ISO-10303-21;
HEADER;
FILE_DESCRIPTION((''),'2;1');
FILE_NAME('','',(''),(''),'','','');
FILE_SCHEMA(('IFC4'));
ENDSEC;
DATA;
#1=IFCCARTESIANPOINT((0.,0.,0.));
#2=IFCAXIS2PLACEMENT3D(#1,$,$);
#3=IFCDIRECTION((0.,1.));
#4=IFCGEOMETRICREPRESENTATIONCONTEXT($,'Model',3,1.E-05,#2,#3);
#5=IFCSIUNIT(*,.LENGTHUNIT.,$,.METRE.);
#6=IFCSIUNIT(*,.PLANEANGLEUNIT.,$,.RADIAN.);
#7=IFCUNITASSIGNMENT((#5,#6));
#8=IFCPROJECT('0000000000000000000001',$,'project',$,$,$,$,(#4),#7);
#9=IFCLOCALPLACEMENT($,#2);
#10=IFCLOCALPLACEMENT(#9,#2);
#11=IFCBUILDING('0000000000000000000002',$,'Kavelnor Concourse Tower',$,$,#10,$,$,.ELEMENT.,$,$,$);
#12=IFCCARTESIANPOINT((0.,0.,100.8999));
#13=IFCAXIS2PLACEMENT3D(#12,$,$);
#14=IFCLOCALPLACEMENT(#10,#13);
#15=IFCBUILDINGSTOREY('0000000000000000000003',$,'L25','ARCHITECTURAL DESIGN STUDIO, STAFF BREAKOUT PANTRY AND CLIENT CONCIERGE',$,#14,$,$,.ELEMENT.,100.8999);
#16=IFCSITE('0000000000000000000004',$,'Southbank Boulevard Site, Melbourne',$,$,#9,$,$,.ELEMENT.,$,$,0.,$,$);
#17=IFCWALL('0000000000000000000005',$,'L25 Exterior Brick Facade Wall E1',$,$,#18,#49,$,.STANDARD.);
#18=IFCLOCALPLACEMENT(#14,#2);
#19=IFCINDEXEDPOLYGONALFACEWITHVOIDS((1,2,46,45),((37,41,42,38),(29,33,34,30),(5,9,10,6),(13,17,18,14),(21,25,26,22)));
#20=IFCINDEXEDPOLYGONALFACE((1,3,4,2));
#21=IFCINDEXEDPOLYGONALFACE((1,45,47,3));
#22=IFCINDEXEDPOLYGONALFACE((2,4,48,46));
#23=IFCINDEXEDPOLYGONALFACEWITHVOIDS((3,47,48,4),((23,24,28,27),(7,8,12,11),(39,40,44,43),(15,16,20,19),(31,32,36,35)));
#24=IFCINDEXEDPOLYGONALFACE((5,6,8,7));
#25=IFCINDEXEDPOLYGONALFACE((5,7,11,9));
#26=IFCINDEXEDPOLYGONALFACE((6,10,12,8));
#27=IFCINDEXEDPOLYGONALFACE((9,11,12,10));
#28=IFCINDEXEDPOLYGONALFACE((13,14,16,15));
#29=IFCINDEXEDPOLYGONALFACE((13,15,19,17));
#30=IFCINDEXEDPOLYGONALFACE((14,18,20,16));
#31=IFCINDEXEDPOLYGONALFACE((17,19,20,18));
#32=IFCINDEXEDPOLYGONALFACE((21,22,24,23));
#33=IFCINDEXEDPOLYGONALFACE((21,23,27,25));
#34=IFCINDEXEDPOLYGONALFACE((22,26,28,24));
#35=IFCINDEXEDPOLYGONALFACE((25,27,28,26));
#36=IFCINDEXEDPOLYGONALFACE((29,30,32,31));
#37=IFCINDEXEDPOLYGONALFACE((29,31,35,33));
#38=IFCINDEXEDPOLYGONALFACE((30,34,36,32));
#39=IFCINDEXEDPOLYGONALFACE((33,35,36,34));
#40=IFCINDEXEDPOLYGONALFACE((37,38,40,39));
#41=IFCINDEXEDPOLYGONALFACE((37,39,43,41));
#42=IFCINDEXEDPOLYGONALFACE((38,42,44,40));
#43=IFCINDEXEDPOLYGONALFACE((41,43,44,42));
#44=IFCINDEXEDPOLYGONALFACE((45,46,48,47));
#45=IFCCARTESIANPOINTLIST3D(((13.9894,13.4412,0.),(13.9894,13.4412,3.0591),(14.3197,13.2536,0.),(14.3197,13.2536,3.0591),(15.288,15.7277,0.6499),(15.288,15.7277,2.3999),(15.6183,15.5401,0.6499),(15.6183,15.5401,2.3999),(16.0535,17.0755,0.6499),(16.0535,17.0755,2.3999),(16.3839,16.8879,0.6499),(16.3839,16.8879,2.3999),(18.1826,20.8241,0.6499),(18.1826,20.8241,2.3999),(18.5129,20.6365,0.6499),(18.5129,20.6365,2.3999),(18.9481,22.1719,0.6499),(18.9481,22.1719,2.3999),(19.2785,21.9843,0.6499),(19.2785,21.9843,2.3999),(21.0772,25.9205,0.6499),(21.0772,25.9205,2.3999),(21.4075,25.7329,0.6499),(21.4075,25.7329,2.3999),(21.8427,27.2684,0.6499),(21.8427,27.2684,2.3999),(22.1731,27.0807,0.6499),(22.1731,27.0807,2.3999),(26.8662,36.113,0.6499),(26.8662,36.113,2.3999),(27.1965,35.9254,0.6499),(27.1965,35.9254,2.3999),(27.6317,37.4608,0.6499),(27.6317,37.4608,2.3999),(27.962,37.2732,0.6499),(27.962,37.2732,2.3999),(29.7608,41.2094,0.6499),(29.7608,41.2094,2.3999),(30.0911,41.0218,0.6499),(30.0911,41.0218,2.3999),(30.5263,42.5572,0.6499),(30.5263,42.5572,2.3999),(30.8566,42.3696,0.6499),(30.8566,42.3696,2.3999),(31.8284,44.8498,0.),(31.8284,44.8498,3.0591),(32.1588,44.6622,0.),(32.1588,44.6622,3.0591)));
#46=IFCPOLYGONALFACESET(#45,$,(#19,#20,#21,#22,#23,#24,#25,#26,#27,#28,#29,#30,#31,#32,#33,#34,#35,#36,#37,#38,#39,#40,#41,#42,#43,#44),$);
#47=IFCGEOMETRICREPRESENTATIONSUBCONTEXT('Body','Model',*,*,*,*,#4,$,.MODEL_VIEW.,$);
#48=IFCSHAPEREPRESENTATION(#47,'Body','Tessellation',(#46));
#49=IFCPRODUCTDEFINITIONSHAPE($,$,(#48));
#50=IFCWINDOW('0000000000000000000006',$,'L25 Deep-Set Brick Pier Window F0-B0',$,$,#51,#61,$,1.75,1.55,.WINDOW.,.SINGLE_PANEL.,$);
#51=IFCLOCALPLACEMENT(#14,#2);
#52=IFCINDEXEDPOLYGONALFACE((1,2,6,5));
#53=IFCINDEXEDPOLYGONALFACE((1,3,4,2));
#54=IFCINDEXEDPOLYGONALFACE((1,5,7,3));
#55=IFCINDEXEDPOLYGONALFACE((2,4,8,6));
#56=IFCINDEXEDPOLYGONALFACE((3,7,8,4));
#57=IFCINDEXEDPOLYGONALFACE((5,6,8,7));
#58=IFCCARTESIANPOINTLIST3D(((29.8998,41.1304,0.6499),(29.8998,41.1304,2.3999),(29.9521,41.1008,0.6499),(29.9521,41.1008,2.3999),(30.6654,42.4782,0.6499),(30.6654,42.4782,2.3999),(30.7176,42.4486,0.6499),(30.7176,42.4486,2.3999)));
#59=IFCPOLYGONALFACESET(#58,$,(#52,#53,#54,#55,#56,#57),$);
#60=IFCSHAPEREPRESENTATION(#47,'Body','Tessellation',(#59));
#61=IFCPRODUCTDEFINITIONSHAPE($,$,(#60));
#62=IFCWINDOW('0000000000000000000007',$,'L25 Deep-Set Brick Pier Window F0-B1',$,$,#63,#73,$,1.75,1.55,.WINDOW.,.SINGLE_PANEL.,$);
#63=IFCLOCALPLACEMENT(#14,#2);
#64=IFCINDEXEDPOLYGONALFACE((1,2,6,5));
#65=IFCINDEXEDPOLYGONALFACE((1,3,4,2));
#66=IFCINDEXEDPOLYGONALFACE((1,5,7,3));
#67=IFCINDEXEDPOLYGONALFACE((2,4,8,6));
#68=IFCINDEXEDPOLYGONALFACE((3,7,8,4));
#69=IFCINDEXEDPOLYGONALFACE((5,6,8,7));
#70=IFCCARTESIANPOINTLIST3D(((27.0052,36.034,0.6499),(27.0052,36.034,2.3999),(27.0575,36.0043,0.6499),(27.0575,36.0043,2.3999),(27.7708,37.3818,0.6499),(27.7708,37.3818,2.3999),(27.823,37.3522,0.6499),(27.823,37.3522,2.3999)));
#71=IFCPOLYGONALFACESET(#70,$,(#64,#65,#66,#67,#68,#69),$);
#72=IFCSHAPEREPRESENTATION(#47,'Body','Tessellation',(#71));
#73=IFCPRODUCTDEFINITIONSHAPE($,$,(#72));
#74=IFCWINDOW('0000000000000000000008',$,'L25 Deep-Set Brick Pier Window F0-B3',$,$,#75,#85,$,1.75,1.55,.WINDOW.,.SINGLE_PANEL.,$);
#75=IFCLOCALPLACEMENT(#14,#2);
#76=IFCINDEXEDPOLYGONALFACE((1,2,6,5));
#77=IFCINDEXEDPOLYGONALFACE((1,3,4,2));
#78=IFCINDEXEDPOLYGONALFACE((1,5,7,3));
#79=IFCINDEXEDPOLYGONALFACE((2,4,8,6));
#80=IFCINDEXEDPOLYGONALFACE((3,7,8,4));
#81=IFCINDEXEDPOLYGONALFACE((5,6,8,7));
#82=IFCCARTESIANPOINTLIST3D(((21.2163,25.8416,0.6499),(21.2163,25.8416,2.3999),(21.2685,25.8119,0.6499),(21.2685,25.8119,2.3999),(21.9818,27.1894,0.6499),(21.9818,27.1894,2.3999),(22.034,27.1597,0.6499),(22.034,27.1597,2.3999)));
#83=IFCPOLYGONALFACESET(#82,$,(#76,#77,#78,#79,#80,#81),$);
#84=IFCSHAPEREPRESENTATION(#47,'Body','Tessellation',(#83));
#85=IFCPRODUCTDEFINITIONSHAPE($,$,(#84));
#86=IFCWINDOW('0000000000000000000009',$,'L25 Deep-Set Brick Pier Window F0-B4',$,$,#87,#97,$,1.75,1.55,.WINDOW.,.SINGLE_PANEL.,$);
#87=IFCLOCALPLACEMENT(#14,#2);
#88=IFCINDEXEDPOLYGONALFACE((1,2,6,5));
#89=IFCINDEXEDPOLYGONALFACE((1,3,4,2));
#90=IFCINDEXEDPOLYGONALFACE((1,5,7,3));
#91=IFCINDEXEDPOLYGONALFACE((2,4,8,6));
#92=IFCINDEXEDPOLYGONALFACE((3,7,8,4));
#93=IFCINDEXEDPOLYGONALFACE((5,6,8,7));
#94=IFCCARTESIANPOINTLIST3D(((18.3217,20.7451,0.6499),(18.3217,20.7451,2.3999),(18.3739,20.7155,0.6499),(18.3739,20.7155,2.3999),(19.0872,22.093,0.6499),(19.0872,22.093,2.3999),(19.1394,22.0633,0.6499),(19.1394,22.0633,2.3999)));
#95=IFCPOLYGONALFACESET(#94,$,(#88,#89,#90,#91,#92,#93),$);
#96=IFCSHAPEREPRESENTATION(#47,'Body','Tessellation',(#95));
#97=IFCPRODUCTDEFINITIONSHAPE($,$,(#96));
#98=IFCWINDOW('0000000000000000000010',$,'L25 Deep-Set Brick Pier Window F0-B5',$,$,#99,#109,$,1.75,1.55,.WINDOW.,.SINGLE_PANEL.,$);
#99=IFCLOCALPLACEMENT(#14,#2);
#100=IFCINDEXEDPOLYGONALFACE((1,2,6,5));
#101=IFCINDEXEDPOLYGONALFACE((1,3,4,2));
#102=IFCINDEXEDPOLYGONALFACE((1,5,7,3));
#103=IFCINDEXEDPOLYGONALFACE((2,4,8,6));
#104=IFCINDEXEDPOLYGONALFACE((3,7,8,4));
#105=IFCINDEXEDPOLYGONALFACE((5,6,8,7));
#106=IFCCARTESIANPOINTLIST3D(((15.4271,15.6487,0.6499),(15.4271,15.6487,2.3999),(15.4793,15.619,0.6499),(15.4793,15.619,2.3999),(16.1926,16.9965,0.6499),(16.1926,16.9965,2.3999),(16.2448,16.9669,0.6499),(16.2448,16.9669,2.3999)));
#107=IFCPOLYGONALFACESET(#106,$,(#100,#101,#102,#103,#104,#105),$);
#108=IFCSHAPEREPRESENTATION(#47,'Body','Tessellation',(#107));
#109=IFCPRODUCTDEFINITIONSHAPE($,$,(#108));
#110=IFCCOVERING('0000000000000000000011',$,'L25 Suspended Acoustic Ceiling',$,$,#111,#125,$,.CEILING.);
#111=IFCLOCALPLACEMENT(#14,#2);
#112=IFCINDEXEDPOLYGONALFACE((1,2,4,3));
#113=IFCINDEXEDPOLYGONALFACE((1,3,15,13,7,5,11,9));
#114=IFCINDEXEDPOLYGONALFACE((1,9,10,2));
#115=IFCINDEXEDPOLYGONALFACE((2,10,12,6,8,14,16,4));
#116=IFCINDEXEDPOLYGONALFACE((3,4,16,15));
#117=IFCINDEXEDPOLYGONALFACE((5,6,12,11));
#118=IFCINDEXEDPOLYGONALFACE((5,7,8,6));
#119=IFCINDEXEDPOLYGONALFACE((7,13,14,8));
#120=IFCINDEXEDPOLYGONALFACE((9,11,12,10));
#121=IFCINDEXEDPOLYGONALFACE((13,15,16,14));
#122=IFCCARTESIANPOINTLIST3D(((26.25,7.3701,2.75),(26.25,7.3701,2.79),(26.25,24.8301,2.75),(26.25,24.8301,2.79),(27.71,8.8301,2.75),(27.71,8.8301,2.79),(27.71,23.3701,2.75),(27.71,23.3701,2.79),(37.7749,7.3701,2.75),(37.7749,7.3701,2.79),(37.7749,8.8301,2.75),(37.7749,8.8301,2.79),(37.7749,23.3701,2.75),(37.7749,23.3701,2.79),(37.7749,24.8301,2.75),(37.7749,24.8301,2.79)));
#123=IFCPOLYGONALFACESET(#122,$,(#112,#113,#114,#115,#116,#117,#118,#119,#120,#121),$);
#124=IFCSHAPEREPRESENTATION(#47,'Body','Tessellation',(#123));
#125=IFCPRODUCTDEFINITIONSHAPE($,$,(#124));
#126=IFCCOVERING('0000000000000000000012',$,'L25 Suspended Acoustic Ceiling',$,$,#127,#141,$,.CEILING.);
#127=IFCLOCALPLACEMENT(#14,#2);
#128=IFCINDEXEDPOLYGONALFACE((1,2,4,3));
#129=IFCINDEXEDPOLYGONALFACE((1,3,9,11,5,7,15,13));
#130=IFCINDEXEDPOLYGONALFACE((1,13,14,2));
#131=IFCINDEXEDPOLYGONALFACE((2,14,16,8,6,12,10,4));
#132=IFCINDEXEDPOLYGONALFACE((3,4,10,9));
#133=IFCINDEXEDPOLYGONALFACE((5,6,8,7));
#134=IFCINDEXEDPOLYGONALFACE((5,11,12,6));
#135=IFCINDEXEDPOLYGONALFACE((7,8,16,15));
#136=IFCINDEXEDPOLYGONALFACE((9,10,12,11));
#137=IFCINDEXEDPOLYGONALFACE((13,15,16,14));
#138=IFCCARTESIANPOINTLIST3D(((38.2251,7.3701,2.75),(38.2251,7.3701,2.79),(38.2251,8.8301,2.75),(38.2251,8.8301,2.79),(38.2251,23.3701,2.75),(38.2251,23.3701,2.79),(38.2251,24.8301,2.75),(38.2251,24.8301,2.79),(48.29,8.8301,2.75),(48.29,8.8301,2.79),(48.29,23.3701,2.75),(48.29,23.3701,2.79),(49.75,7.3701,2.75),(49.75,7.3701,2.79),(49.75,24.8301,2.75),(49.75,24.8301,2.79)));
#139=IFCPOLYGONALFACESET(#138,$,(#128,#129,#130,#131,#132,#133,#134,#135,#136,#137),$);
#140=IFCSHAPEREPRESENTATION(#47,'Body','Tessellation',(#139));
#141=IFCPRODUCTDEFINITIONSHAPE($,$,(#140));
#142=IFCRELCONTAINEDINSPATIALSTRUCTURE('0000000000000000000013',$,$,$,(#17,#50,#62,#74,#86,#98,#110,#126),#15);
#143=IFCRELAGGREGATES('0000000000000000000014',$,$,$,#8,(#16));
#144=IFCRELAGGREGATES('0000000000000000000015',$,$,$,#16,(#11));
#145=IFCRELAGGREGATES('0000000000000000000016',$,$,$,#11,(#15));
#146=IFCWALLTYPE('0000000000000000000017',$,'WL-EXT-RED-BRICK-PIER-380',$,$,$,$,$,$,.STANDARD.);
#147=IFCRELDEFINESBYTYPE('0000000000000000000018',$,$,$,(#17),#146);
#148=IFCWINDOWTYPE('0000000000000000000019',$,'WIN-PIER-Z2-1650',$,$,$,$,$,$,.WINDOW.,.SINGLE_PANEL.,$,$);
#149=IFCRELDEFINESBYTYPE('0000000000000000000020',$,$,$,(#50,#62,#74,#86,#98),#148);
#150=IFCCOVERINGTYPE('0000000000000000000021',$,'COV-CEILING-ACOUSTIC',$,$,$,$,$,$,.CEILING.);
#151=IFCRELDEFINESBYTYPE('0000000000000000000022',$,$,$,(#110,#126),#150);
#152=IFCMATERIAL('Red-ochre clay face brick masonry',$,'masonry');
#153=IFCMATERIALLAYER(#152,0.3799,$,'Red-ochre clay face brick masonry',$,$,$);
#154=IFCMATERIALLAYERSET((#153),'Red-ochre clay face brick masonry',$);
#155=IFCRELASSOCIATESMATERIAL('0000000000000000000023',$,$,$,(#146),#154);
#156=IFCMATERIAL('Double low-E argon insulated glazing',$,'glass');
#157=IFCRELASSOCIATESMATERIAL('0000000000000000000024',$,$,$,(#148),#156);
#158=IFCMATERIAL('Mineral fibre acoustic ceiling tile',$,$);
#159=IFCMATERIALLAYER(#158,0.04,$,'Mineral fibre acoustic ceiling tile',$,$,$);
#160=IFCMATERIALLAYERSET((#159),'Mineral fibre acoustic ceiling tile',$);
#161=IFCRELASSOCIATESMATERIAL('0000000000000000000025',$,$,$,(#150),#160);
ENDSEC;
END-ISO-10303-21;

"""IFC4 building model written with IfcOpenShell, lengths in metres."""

from ifc_helpers import new_model, si_unit, direction, frame, frame_2d, origin, place, context, subcontext, project, spatial, polyline, rectangle, outline, extrude, material, layer, layer_set, type_object, element, fill, save


model = new_model("IFC4")

# Units and contexts
model_context = context("Model", 3, precision=1e-05, world=origin(), true_north=direction((0.0, 1.0)))
body_context = subcontext(model_context, "Body", "Model", "MODEL_VIEW")
ifc_project = project(units=[si_unit("LENGTHUNIT", "METRE"), si_unit("PLANEANGLEUNIT", "RADIAN")], contexts=[model_context])

# Site, building, storey
site_placement = place(None, origin())
site = spatial("IfcSite", under=ifc_project, at=site_placement, Name="Southbank Boulevard Site, Melbourne", CompositionType="ELEMENT", RefElevation=0.0)
building_placement = place(site_placement, origin())
building = spatial("IfcBuilding", under=site, at=building_placement, Name="Kavelnor Concourse Tower", CompositionType="ELEMENT")
storey_placement = place(building_placement, frame((0.0, 0.0, 100.8999)))
storey = spatial("IfcBuildingStorey", under=building, at=storey_placement, Name="L25", Description="ARCHITECTURAL DESIGN STUDIO, STAFF BREAKOUT PANTRY AND CLIENT CONCIERGE", CompositionType="ELEMENT", Elevation=100.8999)

# Shared definitions
ifc_material_1 = material(Name="Double low-E argon insulated glazing", Category="glass")

# Wall, openings, windows
ifc_material_2 = material(Name="Red-ochre clay face brick masonry", Category="masonry")
ifc_layer_1 = layer(ifc_material_2, 0.3799, Name="Red-ochre clay face brick masonry")
ifc_layer_set_1 = layer_set([ifc_layer_1], Name="Red-ochre clay face brick masonry")
wall_type_1 = type_object("IfcWallType", Name="WL-EXT-RED-BRICK-PIER-380", PredefinedType="STANDARD", material=ifc_layer_set_1)
wall_1_placement = place(storey_placement, frame((14.1545, 13.3474, 0.0), z_axis=(0.0, 0.0, 1.0), x_axis=(0.493868, 0.869537, 0.0)))
wall_1 = element("IfcWall", 1, at=wall_1_placement, inside=storey, type_object=wall_type_1, Name="L25 Exterior Brick Facade Wall E1", PredefinedType="STANDARD", context=body_context, shape_type="SweptSolid", body=[
    extrude(rectangle(XDim=36.1211, YDim=0.3799, at=frame_2d((18.0605, 0.0))), origin(), (0.0, 0.0, 1.0), 3.0591),
])
opening_1_placement = place(wall_1_placement, frame((31.9346, 0.0, 0.6499)))
opening_1 = element("IfcOpeningElement", 2, at=opening_1_placement, cuts=wall_1, PredefinedType="OPENING", context=body_context, shape_type="SweptSolid", body=[
    extrude(rectangle(XDim=1.55, YDim=1.75, at=frame_2d((0.7749, 0.875))), frame((0.0, 0.2, 0.0), z_axis=(0.0, -1.0, 0.0), x_axis=(1.0, 0.0, 0.0)), (0.0, 0.0, 1.0), 0.3999),
])
opening_2_placement = place(wall_1_placement, frame((26.0735, 0.0, 0.6499)))
opening_2 = element("IfcOpeningElement", 3, at=opening_2_placement, cuts=wall_1, PredefinedType="OPENING", context=body_context, shape_type="SweptSolid", body=[
    extrude(rectangle(XDim=1.55, YDim=1.75, at=frame_2d((0.7749, 0.875))), frame((0.0, 0.2, 0.0), z_axis=(0.0, -1.0, 0.0), x_axis=(1.0, 0.0, 0.0)), (0.0, 0.0, 1.0), 0.3999),
])
opening_3_placement = place(wall_1_placement, frame((14.3518, 0.0, 0.6499)))
opening_3 = element("IfcOpeningElement", 4, at=opening_3_placement, cuts=wall_1, PredefinedType="OPENING", context=body_context, shape_type="SweptSolid", body=[
    extrude(rectangle(XDim=1.55, YDim=1.75, at=frame_2d((0.7749, 0.875))), frame((0.0, 0.2, 0.0), z_axis=(0.0, -1.0, 0.0), x_axis=(1.0, 0.0, 0.0)), (0.0, 0.0, 1.0), 0.3999),
])
opening_4_placement = place(wall_1_placement, frame((8.4907, 0.0, 0.6499)))
opening_4 = element("IfcOpeningElement", 5, at=opening_4_placement, cuts=wall_1, PredefinedType="OPENING", context=body_context, shape_type="SweptSolid", body=[
    extrude(rectangle(XDim=1.55, YDim=1.75, at=frame_2d((0.7749, 0.875))), frame((0.0, 0.2, 0.0), z_axis=(0.0, -1.0, 0.0), x_axis=(1.0, 0.0, 0.0)), (0.0, 0.0, 1.0), 0.3999),
])
opening_5_placement = place(wall_1_placement, frame((2.6296, 0.0, 0.6499)))
opening_5 = element("IfcOpeningElement", 6, at=opening_5_placement, cuts=wall_1, PredefinedType="OPENING", context=body_context, shape_type="SweptSolid", body=[
    extrude(rectangle(XDim=1.55, YDim=1.75, at=frame_2d((0.7749, 0.875))), frame((0.0, 0.2, 0.0), z_axis=(0.0, -1.0, 0.0), x_axis=(1.0, 0.0, 0.0)), (0.0, 0.0, 1.0), 0.3999),
])
window_type = type_object("IfcWindowType", Name="WIN-PIER-Z2-1650", PartitioningType="SINGLE_PANEL", PredefinedType="WINDOW", material=ifc_material_1)
window_1_placement = place(opening_1_placement, origin())
window_1 = element("IfcWindow", 7, at=window_1_placement, inside=storey, type_object=window_type, Name="L25 Deep-Set Brick Pier Window F0-B0", OverallHeight=1.75, OverallWidth=1.55, PartitioningType="SINGLE_PANEL", PredefinedType="WINDOW", context=body_context, shape_type="SweptSolid", body=[
    extrude(rectangle(XDim=1.55, YDim=1.75, at=frame_2d((0.7749, 0.875))), frame((0.0, 0.03, 0.0), z_axis=(0.0, -1.0, 0.0), x_axis=(1.0, 0.0, 0.0)), (0.0, 0.0, 1.0), 0.0601),
])
fill(opening_1, window_1)
window_2_placement = place(opening_2_placement, origin())
window_2 = element("IfcWindow", 8, at=window_2_placement, inside=storey, type_object=window_type, Name="L25 Deep-Set Brick Pier Window F0-B1", OverallHeight=1.75, OverallWidth=1.55, PartitioningType="SINGLE_PANEL", PredefinedType="WINDOW", context=body_context, shape_type="SweptSolid", body=[
    extrude(rectangle(XDim=1.55, YDim=1.75, at=frame_2d((0.7749, 0.875))), frame((0.0, 0.03, 0.0), z_axis=(0.0, -1.0, 0.0), x_axis=(1.0, 0.0, 0.0)), (0.0, 0.0, 1.0), 0.0601),
])
fill(opening_2, window_2)
window_3_placement = place(opening_3_placement, origin())
window_3 = element("IfcWindow", 9, at=window_3_placement, inside=storey, type_object=window_type, Name="L25 Deep-Set Brick Pier Window F0-B3", OverallHeight=1.75, OverallWidth=1.55, PartitioningType="SINGLE_PANEL", PredefinedType="WINDOW", context=body_context, shape_type="SweptSolid", body=[
    extrude(rectangle(XDim=1.55, YDim=1.75, at=frame_2d((0.7749, 0.875))), frame((0.0, 0.03, 0.0), z_axis=(0.0, -1.0, 0.0), x_axis=(1.0, 0.0, 0.0)), (0.0, 0.0, 1.0), 0.0601),
])
fill(opening_3, window_3)
window_4_placement = place(opening_4_placement, origin())
window_4 = element("IfcWindow", 10, at=window_4_placement, inside=storey, type_object=window_type, Name="L25 Deep-Set Brick Pier Window F0-B4", OverallHeight=1.75, OverallWidth=1.55, PartitioningType="SINGLE_PANEL", PredefinedType="WINDOW", context=body_context, shape_type="SweptSolid", body=[
    extrude(rectangle(XDim=1.55, YDim=1.75, at=frame_2d((0.7749, 0.875))), frame((0.0, 0.03, 0.0), z_axis=(0.0, -1.0, 0.0), x_axis=(1.0, 0.0, 0.0)), (0.0, 0.0, 1.0), 0.0601),
])
fill(opening_4, window_4)
window_5_placement = place(opening_5_placement, origin())
window_5 = element("IfcWindow", 11, at=window_5_placement, inside=storey, type_object=window_type, Name="L25 Deep-Set Brick Pier Window F0-B5", OverallHeight=1.75, OverallWidth=1.55, PartitioningType="SINGLE_PANEL", PredefinedType="WINDOW", context=body_context, shape_type="SweptSolid", body=[
    extrude(rectangle(XDim=1.55, YDim=1.75, at=frame_2d((0.7749, 0.875))), frame((0.0, 0.03, 0.0), z_axis=(0.0, -1.0, 0.0), x_axis=(1.0, 0.0, 0.0)), (0.0, 0.0, 1.0), 0.0601),
])
fill(opening_5, window_5)

# Coverings
ifc_material_3 = material(Name="Mineral fibre acoustic ceiling tile")
ifc_layer_2 = layer(ifc_material_3, 0.04, Name="Mineral fibre acoustic ceiling tile")
ifc_layer_set_2 = layer_set([ifc_layer_2], Name="Mineral fibre acoustic ceiling tile")
covering_type_1 = type_object("IfcCoveringType", Name="COV-CEILING-ACOUSTIC", PredefinedType="CEILING", material=ifc_layer_set_2)
covering_1_placement = place(storey_placement, frame((0.0, 0.0, 2.75)))
element("IfcCovering", 12, at=covering_1_placement, inside=storey, type_object=covering_type_1, Name="L25 Suspended Acoustic Ceiling", PredefinedType="CEILING", context=body_context, shape_type="SweptSolid", body=[
    extrude(outline(polyline([(26.25, 7.3701), (26.25, 24.8301), (37.7749, 24.8301), (37.7749, 23.3701), (27.71, 23.3701), (27.71, 8.8301), (37.7749, 8.8301), (37.7749, 7.3701), (26.25, 7.3701)])), origin(), (0.0, 0.0, 1.0), 0.04),
])
covering_2_placement = place(storey_placement, frame((0.0, 0.0, 2.75)))
element("IfcCovering", 13, at=covering_2_placement, inside=storey, type_object=covering_type_1, Name="L25 Suspended Acoustic Ceiling", PredefinedType="CEILING", context=body_context, shape_type="SweptSolid", body=[
    extrude(outline(polyline([(49.75, 7.3701), (38.2251, 7.3701), (38.2251, 8.8301), (48.29, 8.8301), (48.29, 23.3701), (38.2251, 23.3701), (38.2251, 24.8301), (49.75, 24.8301), (49.75, 7.3701)])), origin(), (0.0, 0.0, 1.0), 0.04),
])

save(model, "model.ifc")
